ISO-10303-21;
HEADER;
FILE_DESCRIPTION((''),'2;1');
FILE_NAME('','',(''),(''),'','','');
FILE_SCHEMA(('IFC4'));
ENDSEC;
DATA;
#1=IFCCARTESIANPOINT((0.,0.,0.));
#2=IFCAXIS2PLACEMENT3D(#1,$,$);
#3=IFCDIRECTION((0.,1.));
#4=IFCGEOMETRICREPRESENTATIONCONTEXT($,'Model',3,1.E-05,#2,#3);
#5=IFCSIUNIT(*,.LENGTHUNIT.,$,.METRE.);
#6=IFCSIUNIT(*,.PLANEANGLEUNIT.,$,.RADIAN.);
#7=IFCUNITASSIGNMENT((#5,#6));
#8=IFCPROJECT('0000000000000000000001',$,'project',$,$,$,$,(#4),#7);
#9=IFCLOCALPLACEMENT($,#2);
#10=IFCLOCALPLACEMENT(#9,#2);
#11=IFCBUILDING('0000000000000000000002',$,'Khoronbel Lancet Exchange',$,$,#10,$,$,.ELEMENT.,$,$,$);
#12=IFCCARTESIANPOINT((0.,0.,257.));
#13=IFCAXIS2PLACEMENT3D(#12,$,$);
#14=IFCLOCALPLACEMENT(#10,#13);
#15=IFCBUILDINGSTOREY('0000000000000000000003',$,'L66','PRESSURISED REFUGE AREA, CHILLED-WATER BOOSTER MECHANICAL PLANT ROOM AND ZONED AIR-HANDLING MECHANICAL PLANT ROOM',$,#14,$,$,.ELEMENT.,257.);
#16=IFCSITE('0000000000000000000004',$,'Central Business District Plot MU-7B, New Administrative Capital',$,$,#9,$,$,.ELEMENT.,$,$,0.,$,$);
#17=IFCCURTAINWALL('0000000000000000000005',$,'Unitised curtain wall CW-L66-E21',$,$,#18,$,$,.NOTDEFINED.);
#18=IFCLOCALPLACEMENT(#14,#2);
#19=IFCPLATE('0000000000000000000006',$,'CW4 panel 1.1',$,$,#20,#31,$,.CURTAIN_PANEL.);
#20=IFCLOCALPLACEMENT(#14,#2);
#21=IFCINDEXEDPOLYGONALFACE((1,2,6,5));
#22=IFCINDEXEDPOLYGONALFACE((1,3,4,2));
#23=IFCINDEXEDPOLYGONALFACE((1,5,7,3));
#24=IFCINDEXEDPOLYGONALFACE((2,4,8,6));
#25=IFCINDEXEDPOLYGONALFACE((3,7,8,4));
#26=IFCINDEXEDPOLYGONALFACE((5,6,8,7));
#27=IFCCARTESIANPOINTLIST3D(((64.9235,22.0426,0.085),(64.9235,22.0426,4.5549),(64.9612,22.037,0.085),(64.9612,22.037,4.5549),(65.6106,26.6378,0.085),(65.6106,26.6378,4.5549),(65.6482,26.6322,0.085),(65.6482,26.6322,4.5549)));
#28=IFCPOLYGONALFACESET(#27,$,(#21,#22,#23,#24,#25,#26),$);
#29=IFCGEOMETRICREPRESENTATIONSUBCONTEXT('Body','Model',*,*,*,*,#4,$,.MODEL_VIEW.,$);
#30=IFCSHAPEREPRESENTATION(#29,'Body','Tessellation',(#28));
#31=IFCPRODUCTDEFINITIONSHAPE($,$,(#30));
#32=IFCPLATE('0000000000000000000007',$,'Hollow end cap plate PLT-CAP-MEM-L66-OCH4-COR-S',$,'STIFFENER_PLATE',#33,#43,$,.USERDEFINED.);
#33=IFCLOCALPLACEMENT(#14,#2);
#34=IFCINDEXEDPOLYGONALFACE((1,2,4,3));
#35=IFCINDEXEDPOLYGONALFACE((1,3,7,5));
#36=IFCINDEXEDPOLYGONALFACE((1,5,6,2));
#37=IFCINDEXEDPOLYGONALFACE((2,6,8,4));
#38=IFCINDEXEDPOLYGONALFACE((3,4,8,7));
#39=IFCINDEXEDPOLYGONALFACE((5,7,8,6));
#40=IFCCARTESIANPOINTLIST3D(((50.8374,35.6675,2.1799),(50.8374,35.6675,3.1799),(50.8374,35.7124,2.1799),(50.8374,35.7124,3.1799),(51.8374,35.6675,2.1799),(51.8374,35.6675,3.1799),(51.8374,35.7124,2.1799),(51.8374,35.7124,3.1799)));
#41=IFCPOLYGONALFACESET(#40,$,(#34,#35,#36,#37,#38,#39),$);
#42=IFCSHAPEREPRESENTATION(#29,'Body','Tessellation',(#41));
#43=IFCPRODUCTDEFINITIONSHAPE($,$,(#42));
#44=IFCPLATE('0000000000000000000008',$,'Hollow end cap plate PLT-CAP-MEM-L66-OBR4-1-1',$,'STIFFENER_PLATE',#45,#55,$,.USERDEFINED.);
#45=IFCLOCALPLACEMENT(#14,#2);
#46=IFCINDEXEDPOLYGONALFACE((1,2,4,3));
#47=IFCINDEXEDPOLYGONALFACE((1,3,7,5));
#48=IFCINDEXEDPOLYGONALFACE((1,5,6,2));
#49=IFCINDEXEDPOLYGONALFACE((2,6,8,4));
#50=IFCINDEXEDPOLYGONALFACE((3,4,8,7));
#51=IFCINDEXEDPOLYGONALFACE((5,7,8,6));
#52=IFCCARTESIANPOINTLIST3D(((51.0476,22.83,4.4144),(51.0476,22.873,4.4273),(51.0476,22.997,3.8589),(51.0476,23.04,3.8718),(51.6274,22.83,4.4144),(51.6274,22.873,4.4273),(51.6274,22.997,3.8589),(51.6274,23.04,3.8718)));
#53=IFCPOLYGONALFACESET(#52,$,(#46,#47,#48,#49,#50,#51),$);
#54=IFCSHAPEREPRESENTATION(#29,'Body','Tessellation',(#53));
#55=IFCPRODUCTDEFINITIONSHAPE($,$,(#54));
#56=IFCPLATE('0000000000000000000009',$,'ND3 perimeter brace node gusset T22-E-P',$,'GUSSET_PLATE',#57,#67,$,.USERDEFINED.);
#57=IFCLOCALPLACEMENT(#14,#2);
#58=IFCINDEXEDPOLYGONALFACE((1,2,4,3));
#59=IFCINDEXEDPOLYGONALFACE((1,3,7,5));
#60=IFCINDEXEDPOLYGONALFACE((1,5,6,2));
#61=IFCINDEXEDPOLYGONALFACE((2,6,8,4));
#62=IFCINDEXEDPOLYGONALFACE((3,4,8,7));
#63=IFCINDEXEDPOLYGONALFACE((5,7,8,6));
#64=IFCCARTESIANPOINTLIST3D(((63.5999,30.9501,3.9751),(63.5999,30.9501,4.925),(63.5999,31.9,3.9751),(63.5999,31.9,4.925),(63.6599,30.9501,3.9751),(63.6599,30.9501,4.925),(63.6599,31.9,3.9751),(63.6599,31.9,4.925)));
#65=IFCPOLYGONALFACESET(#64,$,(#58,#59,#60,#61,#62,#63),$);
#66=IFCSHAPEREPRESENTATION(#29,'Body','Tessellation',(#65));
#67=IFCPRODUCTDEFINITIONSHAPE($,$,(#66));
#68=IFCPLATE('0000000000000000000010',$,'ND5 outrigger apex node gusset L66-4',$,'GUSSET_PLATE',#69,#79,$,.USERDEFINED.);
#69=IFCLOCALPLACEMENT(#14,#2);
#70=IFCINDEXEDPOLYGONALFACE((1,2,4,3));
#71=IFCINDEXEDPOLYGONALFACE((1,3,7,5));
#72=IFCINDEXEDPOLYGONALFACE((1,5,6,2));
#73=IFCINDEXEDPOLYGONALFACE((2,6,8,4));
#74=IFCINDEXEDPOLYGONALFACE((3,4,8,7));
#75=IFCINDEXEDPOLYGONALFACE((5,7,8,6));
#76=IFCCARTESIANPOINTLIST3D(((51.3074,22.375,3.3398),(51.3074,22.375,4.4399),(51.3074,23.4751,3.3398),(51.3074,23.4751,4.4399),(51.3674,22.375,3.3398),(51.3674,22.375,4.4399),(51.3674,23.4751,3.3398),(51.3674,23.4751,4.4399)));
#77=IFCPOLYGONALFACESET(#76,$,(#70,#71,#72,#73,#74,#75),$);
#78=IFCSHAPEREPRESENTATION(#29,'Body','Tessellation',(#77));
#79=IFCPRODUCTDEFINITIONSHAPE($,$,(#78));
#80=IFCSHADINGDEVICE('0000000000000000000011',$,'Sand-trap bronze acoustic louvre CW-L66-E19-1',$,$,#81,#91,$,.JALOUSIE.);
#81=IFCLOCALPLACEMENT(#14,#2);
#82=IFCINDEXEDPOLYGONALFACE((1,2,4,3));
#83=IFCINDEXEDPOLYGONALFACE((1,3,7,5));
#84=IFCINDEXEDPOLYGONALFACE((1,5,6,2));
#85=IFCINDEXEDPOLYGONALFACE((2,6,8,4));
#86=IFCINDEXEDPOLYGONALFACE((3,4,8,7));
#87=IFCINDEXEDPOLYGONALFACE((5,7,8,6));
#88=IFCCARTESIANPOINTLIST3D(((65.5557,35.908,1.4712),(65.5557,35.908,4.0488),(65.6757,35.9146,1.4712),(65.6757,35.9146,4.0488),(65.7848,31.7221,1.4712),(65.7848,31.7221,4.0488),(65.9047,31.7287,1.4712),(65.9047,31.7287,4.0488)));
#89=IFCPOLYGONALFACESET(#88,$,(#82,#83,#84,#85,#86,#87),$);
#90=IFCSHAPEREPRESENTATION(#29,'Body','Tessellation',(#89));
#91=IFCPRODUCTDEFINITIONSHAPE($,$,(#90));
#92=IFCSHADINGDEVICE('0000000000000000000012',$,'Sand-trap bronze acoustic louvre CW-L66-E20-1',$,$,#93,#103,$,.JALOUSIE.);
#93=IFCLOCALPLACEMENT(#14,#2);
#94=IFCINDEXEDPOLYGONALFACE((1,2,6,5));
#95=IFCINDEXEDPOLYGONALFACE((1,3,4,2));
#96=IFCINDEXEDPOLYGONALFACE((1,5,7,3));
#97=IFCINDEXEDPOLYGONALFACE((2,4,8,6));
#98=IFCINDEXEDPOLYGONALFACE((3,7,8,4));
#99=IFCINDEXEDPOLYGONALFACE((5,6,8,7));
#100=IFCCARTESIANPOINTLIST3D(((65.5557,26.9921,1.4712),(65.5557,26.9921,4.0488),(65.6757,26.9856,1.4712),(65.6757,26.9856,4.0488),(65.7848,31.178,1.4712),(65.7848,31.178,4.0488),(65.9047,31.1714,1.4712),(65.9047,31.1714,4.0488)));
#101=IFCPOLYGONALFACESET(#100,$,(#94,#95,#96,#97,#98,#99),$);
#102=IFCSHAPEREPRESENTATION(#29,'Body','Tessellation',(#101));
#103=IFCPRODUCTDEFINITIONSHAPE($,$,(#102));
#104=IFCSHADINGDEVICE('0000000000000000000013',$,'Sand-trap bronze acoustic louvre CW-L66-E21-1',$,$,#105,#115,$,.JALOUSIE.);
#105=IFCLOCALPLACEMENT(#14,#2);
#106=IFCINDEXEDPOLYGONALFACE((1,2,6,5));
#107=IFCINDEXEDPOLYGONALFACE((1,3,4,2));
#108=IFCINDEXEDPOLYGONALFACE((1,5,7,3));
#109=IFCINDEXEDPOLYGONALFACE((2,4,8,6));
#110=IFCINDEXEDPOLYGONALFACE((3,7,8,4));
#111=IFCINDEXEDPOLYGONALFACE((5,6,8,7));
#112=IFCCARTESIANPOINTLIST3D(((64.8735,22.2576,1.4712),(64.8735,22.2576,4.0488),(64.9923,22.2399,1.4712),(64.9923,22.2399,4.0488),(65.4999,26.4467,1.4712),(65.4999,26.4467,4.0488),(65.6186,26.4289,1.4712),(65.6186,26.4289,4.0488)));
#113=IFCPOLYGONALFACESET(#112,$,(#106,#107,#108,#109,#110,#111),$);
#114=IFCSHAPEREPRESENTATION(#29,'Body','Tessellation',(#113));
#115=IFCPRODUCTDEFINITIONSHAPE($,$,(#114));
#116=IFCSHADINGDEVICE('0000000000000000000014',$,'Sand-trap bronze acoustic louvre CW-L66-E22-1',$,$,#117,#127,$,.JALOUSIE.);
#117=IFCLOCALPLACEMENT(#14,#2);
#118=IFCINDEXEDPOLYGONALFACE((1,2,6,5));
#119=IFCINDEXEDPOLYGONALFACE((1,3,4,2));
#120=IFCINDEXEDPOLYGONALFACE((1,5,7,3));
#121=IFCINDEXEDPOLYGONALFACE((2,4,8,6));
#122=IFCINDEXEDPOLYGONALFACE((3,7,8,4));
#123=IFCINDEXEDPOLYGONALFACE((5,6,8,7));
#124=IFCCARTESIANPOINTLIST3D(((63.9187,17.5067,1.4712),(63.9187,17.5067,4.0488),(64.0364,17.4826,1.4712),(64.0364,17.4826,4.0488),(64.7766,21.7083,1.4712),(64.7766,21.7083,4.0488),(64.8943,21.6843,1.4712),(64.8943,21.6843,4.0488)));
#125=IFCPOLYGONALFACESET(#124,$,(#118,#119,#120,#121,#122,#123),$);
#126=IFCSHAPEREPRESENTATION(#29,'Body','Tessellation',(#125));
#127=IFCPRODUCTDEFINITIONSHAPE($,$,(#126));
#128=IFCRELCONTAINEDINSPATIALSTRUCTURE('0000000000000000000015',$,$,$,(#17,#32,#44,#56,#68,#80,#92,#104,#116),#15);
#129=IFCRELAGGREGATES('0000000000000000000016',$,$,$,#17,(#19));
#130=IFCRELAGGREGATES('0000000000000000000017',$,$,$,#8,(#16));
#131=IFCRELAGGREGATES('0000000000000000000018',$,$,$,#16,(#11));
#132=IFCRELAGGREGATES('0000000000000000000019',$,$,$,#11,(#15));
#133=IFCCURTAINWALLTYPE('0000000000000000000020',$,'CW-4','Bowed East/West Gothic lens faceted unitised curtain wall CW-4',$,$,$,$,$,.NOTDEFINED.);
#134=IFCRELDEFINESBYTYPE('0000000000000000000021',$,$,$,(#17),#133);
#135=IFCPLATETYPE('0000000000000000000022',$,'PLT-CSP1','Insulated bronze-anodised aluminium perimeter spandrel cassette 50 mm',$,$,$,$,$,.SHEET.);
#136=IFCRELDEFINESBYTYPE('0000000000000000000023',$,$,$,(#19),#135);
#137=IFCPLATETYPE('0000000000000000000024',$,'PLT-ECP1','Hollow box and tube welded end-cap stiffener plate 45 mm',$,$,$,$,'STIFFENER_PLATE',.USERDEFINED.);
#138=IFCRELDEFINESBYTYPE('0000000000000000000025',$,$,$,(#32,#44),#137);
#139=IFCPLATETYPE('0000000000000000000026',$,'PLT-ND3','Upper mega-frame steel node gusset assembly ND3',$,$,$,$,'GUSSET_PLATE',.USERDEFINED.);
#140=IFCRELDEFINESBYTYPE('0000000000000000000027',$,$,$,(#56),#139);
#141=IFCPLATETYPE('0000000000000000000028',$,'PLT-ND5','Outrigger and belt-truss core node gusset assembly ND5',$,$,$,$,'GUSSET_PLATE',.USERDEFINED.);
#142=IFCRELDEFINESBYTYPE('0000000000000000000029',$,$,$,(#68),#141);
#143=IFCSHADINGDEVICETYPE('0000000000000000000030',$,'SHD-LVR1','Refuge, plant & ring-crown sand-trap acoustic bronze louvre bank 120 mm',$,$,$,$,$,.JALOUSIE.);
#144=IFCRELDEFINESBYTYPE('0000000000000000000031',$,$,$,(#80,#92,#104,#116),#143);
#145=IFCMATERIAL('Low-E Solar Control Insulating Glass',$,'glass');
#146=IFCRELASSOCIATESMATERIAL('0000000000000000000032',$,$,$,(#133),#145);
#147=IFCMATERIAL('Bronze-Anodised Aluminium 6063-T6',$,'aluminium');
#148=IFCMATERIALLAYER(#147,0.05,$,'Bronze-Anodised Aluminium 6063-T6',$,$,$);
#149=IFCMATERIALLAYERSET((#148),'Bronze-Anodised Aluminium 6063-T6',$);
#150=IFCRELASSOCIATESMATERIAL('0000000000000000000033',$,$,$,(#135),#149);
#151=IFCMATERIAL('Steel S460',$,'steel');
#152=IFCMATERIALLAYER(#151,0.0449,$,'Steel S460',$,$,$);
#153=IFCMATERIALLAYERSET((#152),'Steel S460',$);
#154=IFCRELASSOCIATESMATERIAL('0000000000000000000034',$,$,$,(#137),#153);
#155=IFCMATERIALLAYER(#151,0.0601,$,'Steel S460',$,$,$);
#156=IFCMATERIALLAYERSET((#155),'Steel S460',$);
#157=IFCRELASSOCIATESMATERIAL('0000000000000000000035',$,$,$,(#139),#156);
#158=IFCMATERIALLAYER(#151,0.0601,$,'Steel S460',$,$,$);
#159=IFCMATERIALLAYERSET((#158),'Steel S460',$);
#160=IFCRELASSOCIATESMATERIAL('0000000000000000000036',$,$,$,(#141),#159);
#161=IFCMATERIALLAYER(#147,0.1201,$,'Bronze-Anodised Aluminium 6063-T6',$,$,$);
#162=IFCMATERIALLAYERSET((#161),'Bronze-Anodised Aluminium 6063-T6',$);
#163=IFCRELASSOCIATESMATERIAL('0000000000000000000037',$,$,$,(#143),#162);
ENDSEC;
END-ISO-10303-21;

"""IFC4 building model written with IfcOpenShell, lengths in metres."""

from ifc_helpers import new_model, si_unit, direction, frame, origin, origin_2d, place, context, subcontext, project, spatial, polyline, rectangle, outline, extrude, material, layer, layer_set, type_object, element, aggregate, save


model = new_model("IFC4")

# Units and contexts
model_context = context("Model", 3, precision=1e-05, world=origin(), true_north=direction((0.0, 1.0)))
body_context = subcontext(model_context, "Body", "Model", "MODEL_VIEW")
ifc_project = project(units=[si_unit("LENGTHUNIT", "METRE"), si_unit("PLANEANGLEUNIT", "RADIAN")], contexts=[model_context])

# Site, building, storey
site_placement = place(None, origin())
site = spatial("IfcSite", under=ifc_project, at=site_placement, Name="Central Business District Plot MU-7B, New Administrative Capital", CompositionType="ELEMENT", RefElevation=0.0)
building_placement = place(site_placement, origin())
building = spatial("IfcBuilding", under=site, at=building_placement, Name="Khoronbel Lancet Exchange", CompositionType="ELEMENT")
storey_placement = place(building_placement, frame((0.0, 0.0, 257.0)))
storey = spatial("IfcBuildingStorey", under=building, at=storey_placement, Name="L66", Description="PRESSURISED REFUGE AREA, CHILLED-WATER BOOSTER MECHANICAL PLANT ROOM AND ZONED AIR-HANDLING MECHANICAL PLANT ROOM", CompositionType="ELEMENT", Elevation=257.0)

# Shared definitions
ifc_material_1 = material(Name="Low-E Solar Control Insulating Glass", Category="glass")
curtain_wall_type = type_object("IfcCurtainWallType", Name="CW-4", Description="Bowed East/West Gothic lens faceted unitised curtain wall CW-4", PredefinedType="NOTDEFINED", material=ifc_material_1)
ifc_material_2 = material(Name="Bronze-Anodised Aluminium 6063-T6", Category="aluminium")

# Curtain wall
curtain_wall_1_placement = place(storey_placement, origin())
curtain_wall_1 = element("IfcCurtainWall", 1, at=curtain_wall_1_placement, inside=storey, type_object=curtain_wall_type, Name="Unitised curtain wall CW-L66-E21", PredefinedType="NOTDEFINED")

# Shared definitions
ifc_material_3 = material(Name="Steel S460", Category="steel")

# Plate
ifc_layer_1 = layer(ifc_material_2, 0.05, Name="Bronze-Anodised Aluminium 6063-T6")
ifc_layer_set_1 = layer_set([ifc_layer_1], Name="Bronze-Anodised Aluminium 6063-T6")
plate_type_1 = type_object("IfcPlateType", Name="PLT-CSP1", Description="Insulated bronze-anodised aluminium perimeter spandrel cassette 50 mm", PredefinedType="SHEET", material=ifc_layer_set_1)
plate_1_placement = place(storey_placement, frame((65.2859, 24.3374, 0.085), z_axis=(0.0, 0.0, 1.0), x_axis=(-0.147869, -0.989007, 0.0)))
plate_1 = element("IfcPlate", 2, at=plate_1_placement, type_object=plate_type_1, Name="CW4 panel 1.1", PredefinedType="CURTAIN_PANEL", context=body_context, shape_type="SweptSolid", body=[
    extrude(rectangle(XDim=4.6462, YDim=0.0381, at=origin_2d()), origin(), (0.0, 0.0, 1.0), 4.47),
])
aggregate(curtain_wall_1, [plate_1])

# Plates
ifc_layer_2 = layer(ifc_material_3, 0.0449, Name="Steel S460")
ifc_layer_set_2 = layer_set([ifc_layer_2], Name="Steel S460")
plate_type_2 = type_object("IfcPlateType", Name="PLT-ECP1", Description="Hollow box and tube welded end-cap stiffener plate 45 mm", ElementType="STIFFENER_PLATE", PredefinedType="USERDEFINED", material=ifc_layer_set_2)
plate_2_placement = place(storey_placement, frame((51.3374, 35.6899, 2.1799), z_axis=(0.0, 0.0, 1.0), x_axis=(0.0, -1.0, 0.0)))
element("IfcPlate", 3, at=plate_2_placement, inside=storey, type_object=plate_type_2, Name="Hollow end cap plate PLT-CAP-MEM-L66-OCH4-COR-S", ObjectType="STIFFENER_PLATE", PredefinedType="USERDEFINED", context=body_context, shape_type="SweptSolid", body=[
    extrude(rectangle(XDim=0.0449, YDim=1.0, at=origin_2d()), origin(), (0.0, 0.0, 1.0), 1.0),
])
plate_3_placement = place(storey_placement, frame((51.6274, 23.04, 3.8718), z_axis=(0.0, 0.957652, 0.287927), x_axis=(-1.0, 0.0, 0.0)))
element("IfcPlate", 4, at=plate_3_placement, inside=storey, type_object=plate_type_2, Name="Hollow end cap plate PLT-CAP-MEM-L66-OBR4-1-1", ObjectType="STIFFENER_PLATE", PredefinedType="USERDEFINED", context=body_context, shape_type="SweptSolid", body=[
    extrude(outline(polyline([(0.0, 0.0), (0.5798, 0.0), (0.5798, 0.5801), (0.0, 0.5801), (0.0, 0.0)])), origin(), (0.0, 0.0, -1.0), 0.0449),
])
ifc_layer_3 = layer(ifc_material_3, 0.0601, Name="Steel S460")
ifc_layer_set_3 = layer_set([ifc_layer_3], Name="Steel S460")
plate_type_3 = type_object("IfcPlateType", Name="PLT-ND3", Description="Upper mega-frame steel node gusset assembly ND3", ElementType="GUSSET_PLATE", PredefinedType="USERDEFINED", material=ifc_layer_set_3)
plate_4_placement = place(storey_placement, frame((63.6299, 31.425, 3.9751), z_axis=(0.0, 0.0, 1.0), x_axis=(0.0, 1.0, 0.0)))
element("IfcPlate", 5, at=plate_4_placement, inside=storey, type_object=plate_type_3, Name="ND3 perimeter brace node gusset T22-E-P", ObjectType="GUSSET_PLATE", PredefinedType="USERDEFINED", context=body_context, shape_type="SweptSolid", body=[
    extrude(rectangle(XDim=0.95, YDim=0.0601, at=origin_2d()), origin(), (0.0, 0.0, 1.0), 0.95),
])
ifc_layer_4 = layer(ifc_material_3, 0.0601, Name="Steel S460")
ifc_layer_set_4 = layer_set([ifc_layer_4], Name="Steel S460")
plate_type_4 = type_object("IfcPlateType", Name="PLT-ND5", Description="Outrigger and belt-truss core node gusset assembly ND5", ElementType="GUSSET_PLATE", PredefinedType="USERDEFINED", material=ifc_layer_set_4)
plate_5_placement = place(storey_placement, frame((51.3374, 22.925, 3.3398), z_axis=(0.0, 0.0, 1.0), x_axis=(1.0, 0.0, 0.0)))
element("IfcPlate", 6, at=plate_5_placement, inside=storey, type_object=plate_type_4, Name="ND5 outrigger apex node gusset L66-4", ObjectType="GUSSET_PLATE", PredefinedType="USERDEFINED", context=body_context, shape_type="SweptSolid", body=[
    extrude(rectangle(XDim=0.0601, YDim=1.1001, at=origin_2d()), origin(), (0.0, 0.0, 1.0), 1.1001),
])

# Shading devices
ifc_layer_5 = layer(ifc_material_2, 0.1201, Name="Bronze-Anodised Aluminium 6063-T6")
ifc_layer_set_5 = layer_set([ifc_layer_5], Name="Bronze-Anodised Aluminium 6063-T6")
shading_device_type = type_object("IfcShadingDeviceType", Name="SHD-LVR1", Description="Refuge, plant & ring-crown sand-trap acoustic bronze louvre bank 120 mm", PredefinedType="JALOUSIE", material=ifc_layer_set_5)
for number, where, z_axis, x_axis, name in (
    (7, (65.7302, 33.8184, 1.4712), (0.0, 0.0, 1.0), (0.054634, -0.998506, 0.0), "Sand-trap bronze acoustic louvre CW-L66-E19-1"),
    (8, (65.7302, 29.0818, 1.4712), (0.0, 0.0, 1.0), (-0.054634, -0.998506, 0.0), "Sand-trap bronze acoustic louvre CW-L66-E20-1"),
):
    element("IfcShadingDevice", number, at=place(storey_placement, frame(where, z_axis=z_axis, x_axis=x_axis)), inside=storey, type_object=shading_device_type, Name=name, PredefinedType="JALOUSIE", context=body_context, shape_type="SweptSolid", body=[
        extrude(rectangle(XDim=4.1921, YDim=0.1201, at=origin_2d()), origin(), (0.0, 0.0, 1.0), 2.5776),
    ])
shading_device_1_placement = place(storey_placement, frame((65.2461, 24.3433, 1.4712), z_axis=(0.0, 0.0, 1.0), x_axis=(-0.147869, -0.989007, 0.0)))
element("IfcShadingDevice", 9, at=shading_device_1_placement, inside=storey, type_object=shading_device_type, Name="Sand-trap bronze acoustic louvre CW-L66-E21-1", PredefinedType="JALOUSIE", context=body_context, shape_type="SweptSolid", body=[
    extrude(rectangle(XDim=4.2356, YDim=0.1201, at=origin_2d()), origin(), (0.0, 0.0, 1.0), 2.5776),
])
shading_device_2_placement = place(storey_placement, frame((64.4065, 19.5955, 1.4712), z_axis=(0.0, 0.0, 1.0), x_axis=(-0.200052, -0.979785, 0.0)))
element("IfcShadingDevice", 10, at=shading_device_2_placement, inside=storey, type_object=shading_device_type, Name="Sand-trap bronze acoustic louvre CW-L66-E22-1", PredefinedType="JALOUSIE", context=body_context, shape_type="SweptSolid", body=[
    extrude(rectangle(XDim=4.2883, YDim=0.1201, at=origin_2d()), origin(), (0.0, 0.0, 1.0), 2.5776),
])

save(model, "model.ifc")
